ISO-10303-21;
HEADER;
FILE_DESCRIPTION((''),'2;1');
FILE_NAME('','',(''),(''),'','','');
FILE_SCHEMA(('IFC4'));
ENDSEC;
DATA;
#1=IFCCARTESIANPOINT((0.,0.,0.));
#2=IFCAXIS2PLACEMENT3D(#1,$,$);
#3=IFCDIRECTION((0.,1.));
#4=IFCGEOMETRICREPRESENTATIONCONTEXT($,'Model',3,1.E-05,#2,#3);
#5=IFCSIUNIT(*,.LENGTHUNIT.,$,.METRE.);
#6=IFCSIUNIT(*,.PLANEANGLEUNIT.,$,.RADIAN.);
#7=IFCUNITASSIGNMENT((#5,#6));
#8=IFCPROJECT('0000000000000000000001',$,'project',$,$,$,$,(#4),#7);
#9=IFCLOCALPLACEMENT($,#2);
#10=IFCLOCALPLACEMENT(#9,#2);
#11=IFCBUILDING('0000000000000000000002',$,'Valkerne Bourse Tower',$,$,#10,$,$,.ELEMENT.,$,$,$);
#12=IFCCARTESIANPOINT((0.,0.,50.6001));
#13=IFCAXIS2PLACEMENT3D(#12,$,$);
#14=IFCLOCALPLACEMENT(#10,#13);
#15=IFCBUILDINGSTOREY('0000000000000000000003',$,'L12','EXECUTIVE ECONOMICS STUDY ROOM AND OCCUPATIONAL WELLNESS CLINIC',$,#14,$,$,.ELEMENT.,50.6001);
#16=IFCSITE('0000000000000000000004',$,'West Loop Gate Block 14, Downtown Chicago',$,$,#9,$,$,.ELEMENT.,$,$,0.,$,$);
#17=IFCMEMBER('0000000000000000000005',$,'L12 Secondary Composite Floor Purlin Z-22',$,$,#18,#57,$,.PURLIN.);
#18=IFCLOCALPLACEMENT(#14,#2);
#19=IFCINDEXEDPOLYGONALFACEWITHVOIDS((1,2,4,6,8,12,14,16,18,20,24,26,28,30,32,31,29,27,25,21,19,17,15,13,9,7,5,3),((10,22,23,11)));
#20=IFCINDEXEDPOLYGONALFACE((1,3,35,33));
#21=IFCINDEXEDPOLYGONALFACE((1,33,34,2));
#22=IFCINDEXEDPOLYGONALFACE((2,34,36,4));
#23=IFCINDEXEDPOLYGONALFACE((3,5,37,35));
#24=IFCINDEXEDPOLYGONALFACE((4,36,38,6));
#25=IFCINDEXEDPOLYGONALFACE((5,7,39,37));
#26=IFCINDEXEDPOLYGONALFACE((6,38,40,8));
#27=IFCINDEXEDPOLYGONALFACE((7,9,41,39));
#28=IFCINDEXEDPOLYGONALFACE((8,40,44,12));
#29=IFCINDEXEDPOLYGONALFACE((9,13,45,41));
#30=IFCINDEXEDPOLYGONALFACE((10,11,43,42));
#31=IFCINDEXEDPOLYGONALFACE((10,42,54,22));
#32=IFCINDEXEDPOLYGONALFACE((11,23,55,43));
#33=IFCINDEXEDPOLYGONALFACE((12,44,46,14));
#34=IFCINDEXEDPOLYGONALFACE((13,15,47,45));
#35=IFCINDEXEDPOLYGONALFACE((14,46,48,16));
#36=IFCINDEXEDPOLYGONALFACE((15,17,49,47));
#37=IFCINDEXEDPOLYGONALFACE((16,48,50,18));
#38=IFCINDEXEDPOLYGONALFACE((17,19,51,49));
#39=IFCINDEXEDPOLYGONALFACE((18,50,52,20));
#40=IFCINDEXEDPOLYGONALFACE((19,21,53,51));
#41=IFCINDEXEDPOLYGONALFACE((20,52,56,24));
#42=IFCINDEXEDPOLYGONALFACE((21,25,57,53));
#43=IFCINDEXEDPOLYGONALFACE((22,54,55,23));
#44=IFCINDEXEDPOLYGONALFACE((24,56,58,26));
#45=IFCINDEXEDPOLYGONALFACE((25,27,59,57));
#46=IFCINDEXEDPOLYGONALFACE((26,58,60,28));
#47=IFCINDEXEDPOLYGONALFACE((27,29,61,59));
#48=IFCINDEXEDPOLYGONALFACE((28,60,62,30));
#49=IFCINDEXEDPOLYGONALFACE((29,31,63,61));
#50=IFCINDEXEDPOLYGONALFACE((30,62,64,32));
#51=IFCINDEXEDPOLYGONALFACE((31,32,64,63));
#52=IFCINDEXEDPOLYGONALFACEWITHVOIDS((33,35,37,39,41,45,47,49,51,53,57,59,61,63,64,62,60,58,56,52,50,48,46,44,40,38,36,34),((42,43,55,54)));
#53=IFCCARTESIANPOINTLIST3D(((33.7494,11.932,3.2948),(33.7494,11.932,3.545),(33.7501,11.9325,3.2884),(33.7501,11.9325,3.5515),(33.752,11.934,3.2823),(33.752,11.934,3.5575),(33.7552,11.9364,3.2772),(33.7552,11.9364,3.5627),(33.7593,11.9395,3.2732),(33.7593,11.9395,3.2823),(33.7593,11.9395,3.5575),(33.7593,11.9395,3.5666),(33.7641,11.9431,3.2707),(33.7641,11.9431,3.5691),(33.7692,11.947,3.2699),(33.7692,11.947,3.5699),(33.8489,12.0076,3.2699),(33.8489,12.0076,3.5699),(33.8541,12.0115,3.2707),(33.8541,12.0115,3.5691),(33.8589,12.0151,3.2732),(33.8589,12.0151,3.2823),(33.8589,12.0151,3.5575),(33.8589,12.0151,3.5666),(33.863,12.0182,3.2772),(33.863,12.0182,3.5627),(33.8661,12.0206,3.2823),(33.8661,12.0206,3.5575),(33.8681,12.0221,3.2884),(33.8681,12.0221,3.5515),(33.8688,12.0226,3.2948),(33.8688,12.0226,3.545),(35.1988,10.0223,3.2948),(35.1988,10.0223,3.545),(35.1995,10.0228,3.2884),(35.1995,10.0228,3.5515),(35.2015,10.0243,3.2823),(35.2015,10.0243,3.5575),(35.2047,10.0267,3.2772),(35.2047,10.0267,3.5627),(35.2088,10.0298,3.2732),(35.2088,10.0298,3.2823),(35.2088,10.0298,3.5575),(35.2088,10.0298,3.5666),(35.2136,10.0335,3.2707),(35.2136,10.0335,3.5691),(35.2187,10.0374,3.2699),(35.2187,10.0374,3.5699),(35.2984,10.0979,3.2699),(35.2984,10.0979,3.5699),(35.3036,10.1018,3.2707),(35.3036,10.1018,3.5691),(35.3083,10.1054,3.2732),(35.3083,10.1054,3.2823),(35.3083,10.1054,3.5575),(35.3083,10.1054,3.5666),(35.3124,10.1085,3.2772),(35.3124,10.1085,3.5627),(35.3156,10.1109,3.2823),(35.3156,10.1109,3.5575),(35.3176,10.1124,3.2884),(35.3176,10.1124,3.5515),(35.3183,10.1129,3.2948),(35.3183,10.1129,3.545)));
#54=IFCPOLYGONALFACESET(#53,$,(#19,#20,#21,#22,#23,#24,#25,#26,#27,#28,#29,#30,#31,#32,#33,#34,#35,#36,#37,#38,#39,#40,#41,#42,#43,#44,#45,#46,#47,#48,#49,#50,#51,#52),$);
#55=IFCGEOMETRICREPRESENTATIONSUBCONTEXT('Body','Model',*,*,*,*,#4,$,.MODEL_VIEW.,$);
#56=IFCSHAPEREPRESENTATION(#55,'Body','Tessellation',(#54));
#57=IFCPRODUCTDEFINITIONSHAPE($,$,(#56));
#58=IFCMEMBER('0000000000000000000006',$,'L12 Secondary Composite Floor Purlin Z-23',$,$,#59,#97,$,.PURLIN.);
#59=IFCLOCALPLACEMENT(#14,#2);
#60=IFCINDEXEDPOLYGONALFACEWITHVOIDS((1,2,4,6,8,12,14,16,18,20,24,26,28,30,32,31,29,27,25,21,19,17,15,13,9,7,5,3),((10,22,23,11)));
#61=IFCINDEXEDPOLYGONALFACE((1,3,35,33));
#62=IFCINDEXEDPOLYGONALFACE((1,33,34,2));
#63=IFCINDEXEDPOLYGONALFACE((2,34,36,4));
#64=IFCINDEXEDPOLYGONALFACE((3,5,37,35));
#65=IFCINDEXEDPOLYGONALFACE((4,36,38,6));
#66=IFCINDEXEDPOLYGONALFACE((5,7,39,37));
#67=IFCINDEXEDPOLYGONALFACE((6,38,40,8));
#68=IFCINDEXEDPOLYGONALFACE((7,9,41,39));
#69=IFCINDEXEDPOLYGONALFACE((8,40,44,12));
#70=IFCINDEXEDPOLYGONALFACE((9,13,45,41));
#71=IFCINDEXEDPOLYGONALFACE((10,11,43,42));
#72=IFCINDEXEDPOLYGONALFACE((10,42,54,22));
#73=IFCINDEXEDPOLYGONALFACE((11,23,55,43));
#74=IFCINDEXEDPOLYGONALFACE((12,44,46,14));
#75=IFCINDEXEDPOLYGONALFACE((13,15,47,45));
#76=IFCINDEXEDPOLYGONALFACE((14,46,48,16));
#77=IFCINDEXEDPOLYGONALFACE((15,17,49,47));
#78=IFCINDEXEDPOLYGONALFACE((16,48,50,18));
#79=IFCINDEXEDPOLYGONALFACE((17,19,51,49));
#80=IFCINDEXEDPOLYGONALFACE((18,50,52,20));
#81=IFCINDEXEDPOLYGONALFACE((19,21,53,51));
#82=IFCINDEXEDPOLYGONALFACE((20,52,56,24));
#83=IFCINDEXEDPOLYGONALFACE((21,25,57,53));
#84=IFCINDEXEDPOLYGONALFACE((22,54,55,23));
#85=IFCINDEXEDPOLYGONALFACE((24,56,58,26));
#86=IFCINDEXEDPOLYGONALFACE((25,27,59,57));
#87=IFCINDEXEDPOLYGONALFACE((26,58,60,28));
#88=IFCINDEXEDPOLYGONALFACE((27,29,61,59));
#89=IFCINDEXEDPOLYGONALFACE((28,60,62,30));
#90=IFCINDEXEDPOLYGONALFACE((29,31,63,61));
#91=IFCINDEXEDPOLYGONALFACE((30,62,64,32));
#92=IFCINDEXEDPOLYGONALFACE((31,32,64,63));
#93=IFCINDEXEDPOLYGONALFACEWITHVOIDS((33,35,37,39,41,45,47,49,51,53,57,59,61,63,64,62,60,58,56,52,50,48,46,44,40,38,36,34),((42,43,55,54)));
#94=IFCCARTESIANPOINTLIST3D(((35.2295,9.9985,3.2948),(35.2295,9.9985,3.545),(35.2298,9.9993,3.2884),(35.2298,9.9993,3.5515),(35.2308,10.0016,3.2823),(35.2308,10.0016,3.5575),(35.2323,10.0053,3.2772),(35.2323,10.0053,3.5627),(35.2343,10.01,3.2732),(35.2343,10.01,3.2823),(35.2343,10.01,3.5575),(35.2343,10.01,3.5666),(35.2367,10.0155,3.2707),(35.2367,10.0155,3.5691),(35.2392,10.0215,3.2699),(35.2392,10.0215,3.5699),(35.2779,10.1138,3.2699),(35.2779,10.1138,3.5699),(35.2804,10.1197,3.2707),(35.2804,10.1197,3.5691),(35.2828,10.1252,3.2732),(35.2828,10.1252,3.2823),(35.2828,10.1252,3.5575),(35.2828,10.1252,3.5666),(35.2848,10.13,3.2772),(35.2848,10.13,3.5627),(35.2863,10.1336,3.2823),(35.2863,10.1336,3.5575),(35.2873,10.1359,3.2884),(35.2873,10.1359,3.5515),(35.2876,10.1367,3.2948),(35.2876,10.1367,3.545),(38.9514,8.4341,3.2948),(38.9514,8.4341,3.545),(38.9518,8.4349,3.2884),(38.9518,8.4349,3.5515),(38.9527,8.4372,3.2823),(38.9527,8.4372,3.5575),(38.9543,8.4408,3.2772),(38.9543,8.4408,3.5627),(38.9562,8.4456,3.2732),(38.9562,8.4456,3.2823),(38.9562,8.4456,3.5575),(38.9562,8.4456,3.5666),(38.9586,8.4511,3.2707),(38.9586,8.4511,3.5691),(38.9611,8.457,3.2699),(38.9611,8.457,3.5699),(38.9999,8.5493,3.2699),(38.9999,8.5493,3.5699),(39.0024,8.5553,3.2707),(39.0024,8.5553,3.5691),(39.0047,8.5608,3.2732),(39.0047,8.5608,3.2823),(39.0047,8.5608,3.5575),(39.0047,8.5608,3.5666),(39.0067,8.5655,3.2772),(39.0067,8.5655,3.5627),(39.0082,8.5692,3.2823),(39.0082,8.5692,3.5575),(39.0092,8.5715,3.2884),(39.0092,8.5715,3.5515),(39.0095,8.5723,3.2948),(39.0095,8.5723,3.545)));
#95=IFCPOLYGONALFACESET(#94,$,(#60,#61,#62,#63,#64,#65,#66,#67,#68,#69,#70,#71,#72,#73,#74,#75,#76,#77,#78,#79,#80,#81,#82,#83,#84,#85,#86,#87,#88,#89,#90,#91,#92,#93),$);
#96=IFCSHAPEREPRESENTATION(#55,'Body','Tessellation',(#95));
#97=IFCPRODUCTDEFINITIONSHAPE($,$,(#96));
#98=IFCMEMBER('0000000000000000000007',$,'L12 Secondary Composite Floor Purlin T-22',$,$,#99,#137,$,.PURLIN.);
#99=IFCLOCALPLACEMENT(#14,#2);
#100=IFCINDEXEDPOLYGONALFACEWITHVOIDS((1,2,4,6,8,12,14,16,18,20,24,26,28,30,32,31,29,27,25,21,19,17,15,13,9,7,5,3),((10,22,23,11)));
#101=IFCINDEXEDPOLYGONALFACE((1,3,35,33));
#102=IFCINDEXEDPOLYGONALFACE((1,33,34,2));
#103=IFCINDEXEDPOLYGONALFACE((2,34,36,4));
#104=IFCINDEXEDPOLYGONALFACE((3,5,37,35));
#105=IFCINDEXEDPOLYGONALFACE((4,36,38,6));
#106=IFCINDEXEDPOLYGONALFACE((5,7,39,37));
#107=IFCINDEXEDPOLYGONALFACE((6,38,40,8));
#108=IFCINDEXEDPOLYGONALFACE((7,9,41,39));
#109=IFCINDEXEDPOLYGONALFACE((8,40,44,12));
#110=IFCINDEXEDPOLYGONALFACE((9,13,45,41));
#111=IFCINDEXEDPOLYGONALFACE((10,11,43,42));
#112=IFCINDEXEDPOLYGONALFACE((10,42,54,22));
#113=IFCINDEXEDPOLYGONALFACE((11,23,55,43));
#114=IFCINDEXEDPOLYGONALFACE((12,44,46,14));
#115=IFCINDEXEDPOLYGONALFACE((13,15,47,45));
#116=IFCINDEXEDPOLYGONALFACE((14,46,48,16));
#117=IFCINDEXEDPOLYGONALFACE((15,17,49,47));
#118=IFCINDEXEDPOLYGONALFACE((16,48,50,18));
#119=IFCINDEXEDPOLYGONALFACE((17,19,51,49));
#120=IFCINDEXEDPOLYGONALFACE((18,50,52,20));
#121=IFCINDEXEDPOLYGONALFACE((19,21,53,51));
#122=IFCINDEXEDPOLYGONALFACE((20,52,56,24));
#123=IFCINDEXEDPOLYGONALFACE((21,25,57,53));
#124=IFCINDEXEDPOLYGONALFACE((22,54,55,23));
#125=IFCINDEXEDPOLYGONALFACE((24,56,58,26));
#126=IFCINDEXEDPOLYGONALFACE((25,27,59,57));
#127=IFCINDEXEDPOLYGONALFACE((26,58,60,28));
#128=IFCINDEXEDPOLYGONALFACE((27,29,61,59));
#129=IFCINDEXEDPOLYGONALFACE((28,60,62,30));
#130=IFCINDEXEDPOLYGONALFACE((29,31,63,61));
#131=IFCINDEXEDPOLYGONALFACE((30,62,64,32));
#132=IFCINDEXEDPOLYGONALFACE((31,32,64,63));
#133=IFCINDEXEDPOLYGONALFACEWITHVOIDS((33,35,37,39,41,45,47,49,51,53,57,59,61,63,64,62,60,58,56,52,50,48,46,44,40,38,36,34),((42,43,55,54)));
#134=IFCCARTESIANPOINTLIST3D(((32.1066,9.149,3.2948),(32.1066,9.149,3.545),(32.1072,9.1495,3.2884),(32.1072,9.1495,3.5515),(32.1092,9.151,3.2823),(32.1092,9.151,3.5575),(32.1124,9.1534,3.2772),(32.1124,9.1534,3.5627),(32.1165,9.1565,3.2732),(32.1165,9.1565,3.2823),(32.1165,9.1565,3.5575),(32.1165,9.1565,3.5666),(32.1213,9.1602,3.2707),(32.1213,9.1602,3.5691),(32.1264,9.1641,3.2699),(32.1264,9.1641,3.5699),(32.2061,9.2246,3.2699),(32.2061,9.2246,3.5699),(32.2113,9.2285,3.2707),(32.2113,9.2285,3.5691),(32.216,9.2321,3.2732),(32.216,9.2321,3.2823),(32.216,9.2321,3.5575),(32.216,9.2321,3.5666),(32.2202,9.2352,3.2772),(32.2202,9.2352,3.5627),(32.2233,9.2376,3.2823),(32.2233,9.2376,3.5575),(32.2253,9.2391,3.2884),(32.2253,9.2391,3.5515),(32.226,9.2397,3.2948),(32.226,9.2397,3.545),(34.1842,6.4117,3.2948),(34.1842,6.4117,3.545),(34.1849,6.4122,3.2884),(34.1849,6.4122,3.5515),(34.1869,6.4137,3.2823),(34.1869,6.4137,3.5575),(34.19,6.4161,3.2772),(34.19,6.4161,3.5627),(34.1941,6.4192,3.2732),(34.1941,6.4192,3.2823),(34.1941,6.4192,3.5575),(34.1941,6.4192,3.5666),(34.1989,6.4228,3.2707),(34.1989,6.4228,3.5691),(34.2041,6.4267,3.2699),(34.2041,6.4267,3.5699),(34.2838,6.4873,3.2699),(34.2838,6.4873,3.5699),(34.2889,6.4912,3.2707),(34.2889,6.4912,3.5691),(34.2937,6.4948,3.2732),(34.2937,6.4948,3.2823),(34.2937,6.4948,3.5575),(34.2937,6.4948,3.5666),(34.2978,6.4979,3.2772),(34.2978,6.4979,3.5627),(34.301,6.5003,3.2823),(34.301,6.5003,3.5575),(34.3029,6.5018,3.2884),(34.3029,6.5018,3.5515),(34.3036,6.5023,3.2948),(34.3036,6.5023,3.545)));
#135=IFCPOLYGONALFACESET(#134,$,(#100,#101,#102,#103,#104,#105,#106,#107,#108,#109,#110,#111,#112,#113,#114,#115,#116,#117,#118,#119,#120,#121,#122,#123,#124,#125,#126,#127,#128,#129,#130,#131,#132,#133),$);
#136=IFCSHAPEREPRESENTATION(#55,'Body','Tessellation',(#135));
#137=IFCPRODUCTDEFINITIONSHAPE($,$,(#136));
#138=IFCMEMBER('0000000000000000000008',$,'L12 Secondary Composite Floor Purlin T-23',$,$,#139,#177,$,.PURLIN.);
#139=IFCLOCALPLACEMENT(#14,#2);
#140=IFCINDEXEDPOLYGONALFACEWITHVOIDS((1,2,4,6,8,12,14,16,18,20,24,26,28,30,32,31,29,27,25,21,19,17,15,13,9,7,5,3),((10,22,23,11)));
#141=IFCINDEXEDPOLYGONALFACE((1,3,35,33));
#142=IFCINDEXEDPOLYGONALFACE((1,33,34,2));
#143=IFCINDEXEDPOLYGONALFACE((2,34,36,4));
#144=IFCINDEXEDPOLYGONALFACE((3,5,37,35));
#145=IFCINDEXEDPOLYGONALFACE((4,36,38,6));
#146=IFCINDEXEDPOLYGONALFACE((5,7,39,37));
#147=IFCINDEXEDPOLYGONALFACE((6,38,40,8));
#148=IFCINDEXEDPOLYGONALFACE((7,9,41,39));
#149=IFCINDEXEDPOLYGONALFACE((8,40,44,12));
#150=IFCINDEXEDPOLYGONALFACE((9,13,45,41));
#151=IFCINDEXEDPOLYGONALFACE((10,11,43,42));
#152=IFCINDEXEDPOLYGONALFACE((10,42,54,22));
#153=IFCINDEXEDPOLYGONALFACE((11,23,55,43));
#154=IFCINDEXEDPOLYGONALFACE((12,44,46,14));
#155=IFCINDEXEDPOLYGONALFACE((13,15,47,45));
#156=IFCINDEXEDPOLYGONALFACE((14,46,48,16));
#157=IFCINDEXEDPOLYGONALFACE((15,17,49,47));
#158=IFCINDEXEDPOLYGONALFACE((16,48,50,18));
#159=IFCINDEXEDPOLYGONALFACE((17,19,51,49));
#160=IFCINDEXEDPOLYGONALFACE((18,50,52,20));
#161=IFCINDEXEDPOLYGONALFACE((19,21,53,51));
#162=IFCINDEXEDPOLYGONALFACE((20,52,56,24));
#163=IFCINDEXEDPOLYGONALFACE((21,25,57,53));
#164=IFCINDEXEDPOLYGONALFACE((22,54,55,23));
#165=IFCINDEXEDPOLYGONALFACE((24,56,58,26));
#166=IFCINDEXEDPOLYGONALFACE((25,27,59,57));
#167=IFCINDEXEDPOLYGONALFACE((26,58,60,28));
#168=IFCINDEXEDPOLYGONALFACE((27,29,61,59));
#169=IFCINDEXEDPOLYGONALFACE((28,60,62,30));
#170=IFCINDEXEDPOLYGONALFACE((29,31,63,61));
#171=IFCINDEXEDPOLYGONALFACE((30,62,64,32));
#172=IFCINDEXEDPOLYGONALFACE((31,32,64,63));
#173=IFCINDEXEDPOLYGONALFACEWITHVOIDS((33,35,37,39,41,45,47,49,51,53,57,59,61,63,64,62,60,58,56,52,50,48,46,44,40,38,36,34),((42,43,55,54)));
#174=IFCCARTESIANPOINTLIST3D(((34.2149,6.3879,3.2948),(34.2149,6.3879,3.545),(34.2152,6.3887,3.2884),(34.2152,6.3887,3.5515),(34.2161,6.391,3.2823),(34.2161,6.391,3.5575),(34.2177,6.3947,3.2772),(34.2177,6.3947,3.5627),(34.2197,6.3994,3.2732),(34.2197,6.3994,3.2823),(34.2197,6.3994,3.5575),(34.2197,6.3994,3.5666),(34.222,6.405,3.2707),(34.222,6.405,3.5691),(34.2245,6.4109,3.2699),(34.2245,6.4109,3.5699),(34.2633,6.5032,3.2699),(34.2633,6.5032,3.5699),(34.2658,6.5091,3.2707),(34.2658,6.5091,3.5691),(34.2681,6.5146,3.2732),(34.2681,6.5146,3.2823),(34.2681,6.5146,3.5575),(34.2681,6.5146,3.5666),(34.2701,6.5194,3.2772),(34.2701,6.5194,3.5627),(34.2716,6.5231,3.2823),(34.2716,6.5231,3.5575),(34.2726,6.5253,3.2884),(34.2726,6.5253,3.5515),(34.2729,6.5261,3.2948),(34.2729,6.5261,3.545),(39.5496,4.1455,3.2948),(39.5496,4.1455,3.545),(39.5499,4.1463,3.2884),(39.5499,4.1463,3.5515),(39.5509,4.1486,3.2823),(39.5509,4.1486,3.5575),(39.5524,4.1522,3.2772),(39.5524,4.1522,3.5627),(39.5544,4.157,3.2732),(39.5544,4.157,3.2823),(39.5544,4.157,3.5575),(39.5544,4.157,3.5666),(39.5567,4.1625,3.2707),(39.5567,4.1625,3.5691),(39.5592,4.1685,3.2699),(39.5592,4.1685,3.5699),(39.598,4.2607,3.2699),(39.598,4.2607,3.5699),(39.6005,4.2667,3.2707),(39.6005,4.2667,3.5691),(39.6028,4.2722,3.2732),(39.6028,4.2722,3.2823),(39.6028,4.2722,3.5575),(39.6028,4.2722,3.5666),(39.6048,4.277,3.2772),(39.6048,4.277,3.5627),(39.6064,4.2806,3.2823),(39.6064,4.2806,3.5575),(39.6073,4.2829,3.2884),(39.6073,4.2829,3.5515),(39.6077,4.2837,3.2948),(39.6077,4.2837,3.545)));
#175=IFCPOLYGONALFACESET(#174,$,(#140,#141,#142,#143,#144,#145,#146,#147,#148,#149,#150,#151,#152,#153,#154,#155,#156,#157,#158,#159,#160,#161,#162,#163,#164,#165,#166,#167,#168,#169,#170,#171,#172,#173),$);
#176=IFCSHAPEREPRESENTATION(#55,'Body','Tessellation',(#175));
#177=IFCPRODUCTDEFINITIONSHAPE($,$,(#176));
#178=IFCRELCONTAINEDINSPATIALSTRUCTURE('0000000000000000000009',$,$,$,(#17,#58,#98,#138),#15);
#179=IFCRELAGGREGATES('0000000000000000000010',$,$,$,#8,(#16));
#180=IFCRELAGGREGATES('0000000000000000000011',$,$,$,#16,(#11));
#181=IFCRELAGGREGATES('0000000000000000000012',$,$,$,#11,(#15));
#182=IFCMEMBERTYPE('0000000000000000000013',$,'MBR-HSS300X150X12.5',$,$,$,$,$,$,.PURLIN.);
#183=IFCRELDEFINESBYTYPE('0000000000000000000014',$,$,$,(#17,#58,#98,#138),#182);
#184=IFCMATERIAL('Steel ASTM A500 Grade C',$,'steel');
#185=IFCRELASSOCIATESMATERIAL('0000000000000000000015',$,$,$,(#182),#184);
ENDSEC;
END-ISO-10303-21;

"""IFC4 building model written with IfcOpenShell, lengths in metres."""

from ifc_helpers import new_model, si_unit, direction, frame, origin, origin_2d, place, context, subcontext, project, spatial, hollow_rectangle, extrude, material, material_profile, profile_set, type_object, element, save


model = new_model("IFC4")

# Units and contexts
model_context = context("Model", 3, precision=1e-05, world=origin(), true_north=direction((0.0, 1.0)))
body_context = subcontext(model_context, "Body", "Model", "MODEL_VIEW")
ifc_project = project(units=[si_unit("LENGTHUNIT", "METRE"), si_unit("PLANEANGLEUNIT", "RADIAN")], contexts=[model_context])

# Site, building, storey
site_placement = place(None, origin())
site = spatial("IfcSite", under=ifc_project, at=site_placement, Name="West Loop Gate Block 14, Downtown Chicago", CompositionType="ELEMENT", RefElevation=0.0)
building_placement = place(site_placement, origin())
building = spatial("IfcBuilding", under=site, at=building_placement, Name="Valkerne Bourse Tower", CompositionType="ELEMENT")
storey_placement = place(building_placement, frame((0.0, 0.0, 50.6001)))
storey = spatial("IfcBuildingStorey", under=building, at=storey_placement, Name="L12", Description="EXECUTIVE ECONOMICS STUDY ROOM AND OCCUPATIONAL WELLNESS CLINIC", CompositionType="ELEMENT", Elevation=50.6001)

# Members
ifc_material_1 = material(Name="Steel ASTM A500 Grade C", Category="steel")
ifc_material_profile_1 = material_profile(ifc_material_1, hollow_rectangle(XDim=0.1499, YDim=0.3, WallThickness=0.0125, OuterFilletRadius=0.0249, at=origin_2d()), Name="HSS300X150X12.5")
ifc_profile_set_1 = profile_set([ifc_material_profile_1], Name="Steel ASTM A500 Grade C")
member_type_1 = type_object("IfcMemberType", Name="MBR-HSS300X150X12.5", PredefinedType="PURLIN", material=ifc_profile_set_1)
member_1_placement = place(storey_placement, frame((33.8091, 11.9773, 3.4199), z_axis=(0.604585, -0.796541, 0.0), x_axis=(0.796541, 0.604585, 0.0)))
element("IfcMember", 1, at=member_1_placement, inside=storey, type_object=member_type_1, Name="L12 Secondary Composite Floor Purlin Z-22", PredefinedType="PURLIN", context=body_context, shape_type="SweptSolid", body=[
    extrude(hollow_rectangle(XDim=0.1499, YDim=0.3, WallThickness=0.0125, OuterFilletRadius=0.0249, at=origin_2d()), origin(), (0.0, 0.0, 1.0), 2.3975),
])
member_2_placement = place(storey_placement, frame((35.2585, 10.0676, 3.4199), z_axis=(0.921872, -0.387495, 0.0), x_axis=(0.387495, 0.921872, 0.0)))
element("IfcMember", 2, at=member_2_placement, inside=storey, type_object=member_type_1, Name="L12 Secondary Composite Floor Purlin Z-23", PredefinedType="PURLIN", context=body_context, shape_type="SweptSolid", body=[
    extrude(hollow_rectangle(XDim=0.1499, YDim=0.3, WallThickness=0.0125, OuterFilletRadius=0.0249, at=origin_2d()), origin(), (0.0, 0.0, 1.0), 4.0374),
])
member_3_placement = place(storey_placement, frame((32.1663, 9.1943, 3.4199), z_axis=(0.604582, -0.796543, 0.0), x_axis=(0.796543, 0.604582, 0.0)))
element("IfcMember", 3, at=member_3_placement, inside=storey, type_object=member_type_1, Name="L12 Secondary Composite Floor Purlin T-22", PredefinedType="PURLIN", context=body_context, shape_type="SweptSolid", body=[
    extrude(hollow_rectangle(XDim=0.1499, YDim=0.3, WallThickness=0.0125, OuterFilletRadius=0.0249, at=origin_2d()), origin(), (0.0, 0.0, 1.0), 3.4365),
])
member_4_placement = place(storey_placement, frame((34.2439, 6.457, 3.4199), z_axis=(0.921868, -0.387504, 0.0), x_axis=(0.387504, 0.921868, 0.0)))
element("IfcMember", 4, at=member_4_placement, inside=storey, type_object=member_type_1, Name="L12 Secondary Composite Floor Purlin T-23", PredefinedType="PURLIN", context=body_context, shape_type="SweptSolid", body=[
    extrude(hollow_rectangle(XDim=0.1499, YDim=0.3, WallThickness=0.0125, OuterFilletRadius=0.0249, at=origin_2d()), origin(), (0.0, 0.0, 1.0), 5.7869),
])

save(model, "model.ifc")
